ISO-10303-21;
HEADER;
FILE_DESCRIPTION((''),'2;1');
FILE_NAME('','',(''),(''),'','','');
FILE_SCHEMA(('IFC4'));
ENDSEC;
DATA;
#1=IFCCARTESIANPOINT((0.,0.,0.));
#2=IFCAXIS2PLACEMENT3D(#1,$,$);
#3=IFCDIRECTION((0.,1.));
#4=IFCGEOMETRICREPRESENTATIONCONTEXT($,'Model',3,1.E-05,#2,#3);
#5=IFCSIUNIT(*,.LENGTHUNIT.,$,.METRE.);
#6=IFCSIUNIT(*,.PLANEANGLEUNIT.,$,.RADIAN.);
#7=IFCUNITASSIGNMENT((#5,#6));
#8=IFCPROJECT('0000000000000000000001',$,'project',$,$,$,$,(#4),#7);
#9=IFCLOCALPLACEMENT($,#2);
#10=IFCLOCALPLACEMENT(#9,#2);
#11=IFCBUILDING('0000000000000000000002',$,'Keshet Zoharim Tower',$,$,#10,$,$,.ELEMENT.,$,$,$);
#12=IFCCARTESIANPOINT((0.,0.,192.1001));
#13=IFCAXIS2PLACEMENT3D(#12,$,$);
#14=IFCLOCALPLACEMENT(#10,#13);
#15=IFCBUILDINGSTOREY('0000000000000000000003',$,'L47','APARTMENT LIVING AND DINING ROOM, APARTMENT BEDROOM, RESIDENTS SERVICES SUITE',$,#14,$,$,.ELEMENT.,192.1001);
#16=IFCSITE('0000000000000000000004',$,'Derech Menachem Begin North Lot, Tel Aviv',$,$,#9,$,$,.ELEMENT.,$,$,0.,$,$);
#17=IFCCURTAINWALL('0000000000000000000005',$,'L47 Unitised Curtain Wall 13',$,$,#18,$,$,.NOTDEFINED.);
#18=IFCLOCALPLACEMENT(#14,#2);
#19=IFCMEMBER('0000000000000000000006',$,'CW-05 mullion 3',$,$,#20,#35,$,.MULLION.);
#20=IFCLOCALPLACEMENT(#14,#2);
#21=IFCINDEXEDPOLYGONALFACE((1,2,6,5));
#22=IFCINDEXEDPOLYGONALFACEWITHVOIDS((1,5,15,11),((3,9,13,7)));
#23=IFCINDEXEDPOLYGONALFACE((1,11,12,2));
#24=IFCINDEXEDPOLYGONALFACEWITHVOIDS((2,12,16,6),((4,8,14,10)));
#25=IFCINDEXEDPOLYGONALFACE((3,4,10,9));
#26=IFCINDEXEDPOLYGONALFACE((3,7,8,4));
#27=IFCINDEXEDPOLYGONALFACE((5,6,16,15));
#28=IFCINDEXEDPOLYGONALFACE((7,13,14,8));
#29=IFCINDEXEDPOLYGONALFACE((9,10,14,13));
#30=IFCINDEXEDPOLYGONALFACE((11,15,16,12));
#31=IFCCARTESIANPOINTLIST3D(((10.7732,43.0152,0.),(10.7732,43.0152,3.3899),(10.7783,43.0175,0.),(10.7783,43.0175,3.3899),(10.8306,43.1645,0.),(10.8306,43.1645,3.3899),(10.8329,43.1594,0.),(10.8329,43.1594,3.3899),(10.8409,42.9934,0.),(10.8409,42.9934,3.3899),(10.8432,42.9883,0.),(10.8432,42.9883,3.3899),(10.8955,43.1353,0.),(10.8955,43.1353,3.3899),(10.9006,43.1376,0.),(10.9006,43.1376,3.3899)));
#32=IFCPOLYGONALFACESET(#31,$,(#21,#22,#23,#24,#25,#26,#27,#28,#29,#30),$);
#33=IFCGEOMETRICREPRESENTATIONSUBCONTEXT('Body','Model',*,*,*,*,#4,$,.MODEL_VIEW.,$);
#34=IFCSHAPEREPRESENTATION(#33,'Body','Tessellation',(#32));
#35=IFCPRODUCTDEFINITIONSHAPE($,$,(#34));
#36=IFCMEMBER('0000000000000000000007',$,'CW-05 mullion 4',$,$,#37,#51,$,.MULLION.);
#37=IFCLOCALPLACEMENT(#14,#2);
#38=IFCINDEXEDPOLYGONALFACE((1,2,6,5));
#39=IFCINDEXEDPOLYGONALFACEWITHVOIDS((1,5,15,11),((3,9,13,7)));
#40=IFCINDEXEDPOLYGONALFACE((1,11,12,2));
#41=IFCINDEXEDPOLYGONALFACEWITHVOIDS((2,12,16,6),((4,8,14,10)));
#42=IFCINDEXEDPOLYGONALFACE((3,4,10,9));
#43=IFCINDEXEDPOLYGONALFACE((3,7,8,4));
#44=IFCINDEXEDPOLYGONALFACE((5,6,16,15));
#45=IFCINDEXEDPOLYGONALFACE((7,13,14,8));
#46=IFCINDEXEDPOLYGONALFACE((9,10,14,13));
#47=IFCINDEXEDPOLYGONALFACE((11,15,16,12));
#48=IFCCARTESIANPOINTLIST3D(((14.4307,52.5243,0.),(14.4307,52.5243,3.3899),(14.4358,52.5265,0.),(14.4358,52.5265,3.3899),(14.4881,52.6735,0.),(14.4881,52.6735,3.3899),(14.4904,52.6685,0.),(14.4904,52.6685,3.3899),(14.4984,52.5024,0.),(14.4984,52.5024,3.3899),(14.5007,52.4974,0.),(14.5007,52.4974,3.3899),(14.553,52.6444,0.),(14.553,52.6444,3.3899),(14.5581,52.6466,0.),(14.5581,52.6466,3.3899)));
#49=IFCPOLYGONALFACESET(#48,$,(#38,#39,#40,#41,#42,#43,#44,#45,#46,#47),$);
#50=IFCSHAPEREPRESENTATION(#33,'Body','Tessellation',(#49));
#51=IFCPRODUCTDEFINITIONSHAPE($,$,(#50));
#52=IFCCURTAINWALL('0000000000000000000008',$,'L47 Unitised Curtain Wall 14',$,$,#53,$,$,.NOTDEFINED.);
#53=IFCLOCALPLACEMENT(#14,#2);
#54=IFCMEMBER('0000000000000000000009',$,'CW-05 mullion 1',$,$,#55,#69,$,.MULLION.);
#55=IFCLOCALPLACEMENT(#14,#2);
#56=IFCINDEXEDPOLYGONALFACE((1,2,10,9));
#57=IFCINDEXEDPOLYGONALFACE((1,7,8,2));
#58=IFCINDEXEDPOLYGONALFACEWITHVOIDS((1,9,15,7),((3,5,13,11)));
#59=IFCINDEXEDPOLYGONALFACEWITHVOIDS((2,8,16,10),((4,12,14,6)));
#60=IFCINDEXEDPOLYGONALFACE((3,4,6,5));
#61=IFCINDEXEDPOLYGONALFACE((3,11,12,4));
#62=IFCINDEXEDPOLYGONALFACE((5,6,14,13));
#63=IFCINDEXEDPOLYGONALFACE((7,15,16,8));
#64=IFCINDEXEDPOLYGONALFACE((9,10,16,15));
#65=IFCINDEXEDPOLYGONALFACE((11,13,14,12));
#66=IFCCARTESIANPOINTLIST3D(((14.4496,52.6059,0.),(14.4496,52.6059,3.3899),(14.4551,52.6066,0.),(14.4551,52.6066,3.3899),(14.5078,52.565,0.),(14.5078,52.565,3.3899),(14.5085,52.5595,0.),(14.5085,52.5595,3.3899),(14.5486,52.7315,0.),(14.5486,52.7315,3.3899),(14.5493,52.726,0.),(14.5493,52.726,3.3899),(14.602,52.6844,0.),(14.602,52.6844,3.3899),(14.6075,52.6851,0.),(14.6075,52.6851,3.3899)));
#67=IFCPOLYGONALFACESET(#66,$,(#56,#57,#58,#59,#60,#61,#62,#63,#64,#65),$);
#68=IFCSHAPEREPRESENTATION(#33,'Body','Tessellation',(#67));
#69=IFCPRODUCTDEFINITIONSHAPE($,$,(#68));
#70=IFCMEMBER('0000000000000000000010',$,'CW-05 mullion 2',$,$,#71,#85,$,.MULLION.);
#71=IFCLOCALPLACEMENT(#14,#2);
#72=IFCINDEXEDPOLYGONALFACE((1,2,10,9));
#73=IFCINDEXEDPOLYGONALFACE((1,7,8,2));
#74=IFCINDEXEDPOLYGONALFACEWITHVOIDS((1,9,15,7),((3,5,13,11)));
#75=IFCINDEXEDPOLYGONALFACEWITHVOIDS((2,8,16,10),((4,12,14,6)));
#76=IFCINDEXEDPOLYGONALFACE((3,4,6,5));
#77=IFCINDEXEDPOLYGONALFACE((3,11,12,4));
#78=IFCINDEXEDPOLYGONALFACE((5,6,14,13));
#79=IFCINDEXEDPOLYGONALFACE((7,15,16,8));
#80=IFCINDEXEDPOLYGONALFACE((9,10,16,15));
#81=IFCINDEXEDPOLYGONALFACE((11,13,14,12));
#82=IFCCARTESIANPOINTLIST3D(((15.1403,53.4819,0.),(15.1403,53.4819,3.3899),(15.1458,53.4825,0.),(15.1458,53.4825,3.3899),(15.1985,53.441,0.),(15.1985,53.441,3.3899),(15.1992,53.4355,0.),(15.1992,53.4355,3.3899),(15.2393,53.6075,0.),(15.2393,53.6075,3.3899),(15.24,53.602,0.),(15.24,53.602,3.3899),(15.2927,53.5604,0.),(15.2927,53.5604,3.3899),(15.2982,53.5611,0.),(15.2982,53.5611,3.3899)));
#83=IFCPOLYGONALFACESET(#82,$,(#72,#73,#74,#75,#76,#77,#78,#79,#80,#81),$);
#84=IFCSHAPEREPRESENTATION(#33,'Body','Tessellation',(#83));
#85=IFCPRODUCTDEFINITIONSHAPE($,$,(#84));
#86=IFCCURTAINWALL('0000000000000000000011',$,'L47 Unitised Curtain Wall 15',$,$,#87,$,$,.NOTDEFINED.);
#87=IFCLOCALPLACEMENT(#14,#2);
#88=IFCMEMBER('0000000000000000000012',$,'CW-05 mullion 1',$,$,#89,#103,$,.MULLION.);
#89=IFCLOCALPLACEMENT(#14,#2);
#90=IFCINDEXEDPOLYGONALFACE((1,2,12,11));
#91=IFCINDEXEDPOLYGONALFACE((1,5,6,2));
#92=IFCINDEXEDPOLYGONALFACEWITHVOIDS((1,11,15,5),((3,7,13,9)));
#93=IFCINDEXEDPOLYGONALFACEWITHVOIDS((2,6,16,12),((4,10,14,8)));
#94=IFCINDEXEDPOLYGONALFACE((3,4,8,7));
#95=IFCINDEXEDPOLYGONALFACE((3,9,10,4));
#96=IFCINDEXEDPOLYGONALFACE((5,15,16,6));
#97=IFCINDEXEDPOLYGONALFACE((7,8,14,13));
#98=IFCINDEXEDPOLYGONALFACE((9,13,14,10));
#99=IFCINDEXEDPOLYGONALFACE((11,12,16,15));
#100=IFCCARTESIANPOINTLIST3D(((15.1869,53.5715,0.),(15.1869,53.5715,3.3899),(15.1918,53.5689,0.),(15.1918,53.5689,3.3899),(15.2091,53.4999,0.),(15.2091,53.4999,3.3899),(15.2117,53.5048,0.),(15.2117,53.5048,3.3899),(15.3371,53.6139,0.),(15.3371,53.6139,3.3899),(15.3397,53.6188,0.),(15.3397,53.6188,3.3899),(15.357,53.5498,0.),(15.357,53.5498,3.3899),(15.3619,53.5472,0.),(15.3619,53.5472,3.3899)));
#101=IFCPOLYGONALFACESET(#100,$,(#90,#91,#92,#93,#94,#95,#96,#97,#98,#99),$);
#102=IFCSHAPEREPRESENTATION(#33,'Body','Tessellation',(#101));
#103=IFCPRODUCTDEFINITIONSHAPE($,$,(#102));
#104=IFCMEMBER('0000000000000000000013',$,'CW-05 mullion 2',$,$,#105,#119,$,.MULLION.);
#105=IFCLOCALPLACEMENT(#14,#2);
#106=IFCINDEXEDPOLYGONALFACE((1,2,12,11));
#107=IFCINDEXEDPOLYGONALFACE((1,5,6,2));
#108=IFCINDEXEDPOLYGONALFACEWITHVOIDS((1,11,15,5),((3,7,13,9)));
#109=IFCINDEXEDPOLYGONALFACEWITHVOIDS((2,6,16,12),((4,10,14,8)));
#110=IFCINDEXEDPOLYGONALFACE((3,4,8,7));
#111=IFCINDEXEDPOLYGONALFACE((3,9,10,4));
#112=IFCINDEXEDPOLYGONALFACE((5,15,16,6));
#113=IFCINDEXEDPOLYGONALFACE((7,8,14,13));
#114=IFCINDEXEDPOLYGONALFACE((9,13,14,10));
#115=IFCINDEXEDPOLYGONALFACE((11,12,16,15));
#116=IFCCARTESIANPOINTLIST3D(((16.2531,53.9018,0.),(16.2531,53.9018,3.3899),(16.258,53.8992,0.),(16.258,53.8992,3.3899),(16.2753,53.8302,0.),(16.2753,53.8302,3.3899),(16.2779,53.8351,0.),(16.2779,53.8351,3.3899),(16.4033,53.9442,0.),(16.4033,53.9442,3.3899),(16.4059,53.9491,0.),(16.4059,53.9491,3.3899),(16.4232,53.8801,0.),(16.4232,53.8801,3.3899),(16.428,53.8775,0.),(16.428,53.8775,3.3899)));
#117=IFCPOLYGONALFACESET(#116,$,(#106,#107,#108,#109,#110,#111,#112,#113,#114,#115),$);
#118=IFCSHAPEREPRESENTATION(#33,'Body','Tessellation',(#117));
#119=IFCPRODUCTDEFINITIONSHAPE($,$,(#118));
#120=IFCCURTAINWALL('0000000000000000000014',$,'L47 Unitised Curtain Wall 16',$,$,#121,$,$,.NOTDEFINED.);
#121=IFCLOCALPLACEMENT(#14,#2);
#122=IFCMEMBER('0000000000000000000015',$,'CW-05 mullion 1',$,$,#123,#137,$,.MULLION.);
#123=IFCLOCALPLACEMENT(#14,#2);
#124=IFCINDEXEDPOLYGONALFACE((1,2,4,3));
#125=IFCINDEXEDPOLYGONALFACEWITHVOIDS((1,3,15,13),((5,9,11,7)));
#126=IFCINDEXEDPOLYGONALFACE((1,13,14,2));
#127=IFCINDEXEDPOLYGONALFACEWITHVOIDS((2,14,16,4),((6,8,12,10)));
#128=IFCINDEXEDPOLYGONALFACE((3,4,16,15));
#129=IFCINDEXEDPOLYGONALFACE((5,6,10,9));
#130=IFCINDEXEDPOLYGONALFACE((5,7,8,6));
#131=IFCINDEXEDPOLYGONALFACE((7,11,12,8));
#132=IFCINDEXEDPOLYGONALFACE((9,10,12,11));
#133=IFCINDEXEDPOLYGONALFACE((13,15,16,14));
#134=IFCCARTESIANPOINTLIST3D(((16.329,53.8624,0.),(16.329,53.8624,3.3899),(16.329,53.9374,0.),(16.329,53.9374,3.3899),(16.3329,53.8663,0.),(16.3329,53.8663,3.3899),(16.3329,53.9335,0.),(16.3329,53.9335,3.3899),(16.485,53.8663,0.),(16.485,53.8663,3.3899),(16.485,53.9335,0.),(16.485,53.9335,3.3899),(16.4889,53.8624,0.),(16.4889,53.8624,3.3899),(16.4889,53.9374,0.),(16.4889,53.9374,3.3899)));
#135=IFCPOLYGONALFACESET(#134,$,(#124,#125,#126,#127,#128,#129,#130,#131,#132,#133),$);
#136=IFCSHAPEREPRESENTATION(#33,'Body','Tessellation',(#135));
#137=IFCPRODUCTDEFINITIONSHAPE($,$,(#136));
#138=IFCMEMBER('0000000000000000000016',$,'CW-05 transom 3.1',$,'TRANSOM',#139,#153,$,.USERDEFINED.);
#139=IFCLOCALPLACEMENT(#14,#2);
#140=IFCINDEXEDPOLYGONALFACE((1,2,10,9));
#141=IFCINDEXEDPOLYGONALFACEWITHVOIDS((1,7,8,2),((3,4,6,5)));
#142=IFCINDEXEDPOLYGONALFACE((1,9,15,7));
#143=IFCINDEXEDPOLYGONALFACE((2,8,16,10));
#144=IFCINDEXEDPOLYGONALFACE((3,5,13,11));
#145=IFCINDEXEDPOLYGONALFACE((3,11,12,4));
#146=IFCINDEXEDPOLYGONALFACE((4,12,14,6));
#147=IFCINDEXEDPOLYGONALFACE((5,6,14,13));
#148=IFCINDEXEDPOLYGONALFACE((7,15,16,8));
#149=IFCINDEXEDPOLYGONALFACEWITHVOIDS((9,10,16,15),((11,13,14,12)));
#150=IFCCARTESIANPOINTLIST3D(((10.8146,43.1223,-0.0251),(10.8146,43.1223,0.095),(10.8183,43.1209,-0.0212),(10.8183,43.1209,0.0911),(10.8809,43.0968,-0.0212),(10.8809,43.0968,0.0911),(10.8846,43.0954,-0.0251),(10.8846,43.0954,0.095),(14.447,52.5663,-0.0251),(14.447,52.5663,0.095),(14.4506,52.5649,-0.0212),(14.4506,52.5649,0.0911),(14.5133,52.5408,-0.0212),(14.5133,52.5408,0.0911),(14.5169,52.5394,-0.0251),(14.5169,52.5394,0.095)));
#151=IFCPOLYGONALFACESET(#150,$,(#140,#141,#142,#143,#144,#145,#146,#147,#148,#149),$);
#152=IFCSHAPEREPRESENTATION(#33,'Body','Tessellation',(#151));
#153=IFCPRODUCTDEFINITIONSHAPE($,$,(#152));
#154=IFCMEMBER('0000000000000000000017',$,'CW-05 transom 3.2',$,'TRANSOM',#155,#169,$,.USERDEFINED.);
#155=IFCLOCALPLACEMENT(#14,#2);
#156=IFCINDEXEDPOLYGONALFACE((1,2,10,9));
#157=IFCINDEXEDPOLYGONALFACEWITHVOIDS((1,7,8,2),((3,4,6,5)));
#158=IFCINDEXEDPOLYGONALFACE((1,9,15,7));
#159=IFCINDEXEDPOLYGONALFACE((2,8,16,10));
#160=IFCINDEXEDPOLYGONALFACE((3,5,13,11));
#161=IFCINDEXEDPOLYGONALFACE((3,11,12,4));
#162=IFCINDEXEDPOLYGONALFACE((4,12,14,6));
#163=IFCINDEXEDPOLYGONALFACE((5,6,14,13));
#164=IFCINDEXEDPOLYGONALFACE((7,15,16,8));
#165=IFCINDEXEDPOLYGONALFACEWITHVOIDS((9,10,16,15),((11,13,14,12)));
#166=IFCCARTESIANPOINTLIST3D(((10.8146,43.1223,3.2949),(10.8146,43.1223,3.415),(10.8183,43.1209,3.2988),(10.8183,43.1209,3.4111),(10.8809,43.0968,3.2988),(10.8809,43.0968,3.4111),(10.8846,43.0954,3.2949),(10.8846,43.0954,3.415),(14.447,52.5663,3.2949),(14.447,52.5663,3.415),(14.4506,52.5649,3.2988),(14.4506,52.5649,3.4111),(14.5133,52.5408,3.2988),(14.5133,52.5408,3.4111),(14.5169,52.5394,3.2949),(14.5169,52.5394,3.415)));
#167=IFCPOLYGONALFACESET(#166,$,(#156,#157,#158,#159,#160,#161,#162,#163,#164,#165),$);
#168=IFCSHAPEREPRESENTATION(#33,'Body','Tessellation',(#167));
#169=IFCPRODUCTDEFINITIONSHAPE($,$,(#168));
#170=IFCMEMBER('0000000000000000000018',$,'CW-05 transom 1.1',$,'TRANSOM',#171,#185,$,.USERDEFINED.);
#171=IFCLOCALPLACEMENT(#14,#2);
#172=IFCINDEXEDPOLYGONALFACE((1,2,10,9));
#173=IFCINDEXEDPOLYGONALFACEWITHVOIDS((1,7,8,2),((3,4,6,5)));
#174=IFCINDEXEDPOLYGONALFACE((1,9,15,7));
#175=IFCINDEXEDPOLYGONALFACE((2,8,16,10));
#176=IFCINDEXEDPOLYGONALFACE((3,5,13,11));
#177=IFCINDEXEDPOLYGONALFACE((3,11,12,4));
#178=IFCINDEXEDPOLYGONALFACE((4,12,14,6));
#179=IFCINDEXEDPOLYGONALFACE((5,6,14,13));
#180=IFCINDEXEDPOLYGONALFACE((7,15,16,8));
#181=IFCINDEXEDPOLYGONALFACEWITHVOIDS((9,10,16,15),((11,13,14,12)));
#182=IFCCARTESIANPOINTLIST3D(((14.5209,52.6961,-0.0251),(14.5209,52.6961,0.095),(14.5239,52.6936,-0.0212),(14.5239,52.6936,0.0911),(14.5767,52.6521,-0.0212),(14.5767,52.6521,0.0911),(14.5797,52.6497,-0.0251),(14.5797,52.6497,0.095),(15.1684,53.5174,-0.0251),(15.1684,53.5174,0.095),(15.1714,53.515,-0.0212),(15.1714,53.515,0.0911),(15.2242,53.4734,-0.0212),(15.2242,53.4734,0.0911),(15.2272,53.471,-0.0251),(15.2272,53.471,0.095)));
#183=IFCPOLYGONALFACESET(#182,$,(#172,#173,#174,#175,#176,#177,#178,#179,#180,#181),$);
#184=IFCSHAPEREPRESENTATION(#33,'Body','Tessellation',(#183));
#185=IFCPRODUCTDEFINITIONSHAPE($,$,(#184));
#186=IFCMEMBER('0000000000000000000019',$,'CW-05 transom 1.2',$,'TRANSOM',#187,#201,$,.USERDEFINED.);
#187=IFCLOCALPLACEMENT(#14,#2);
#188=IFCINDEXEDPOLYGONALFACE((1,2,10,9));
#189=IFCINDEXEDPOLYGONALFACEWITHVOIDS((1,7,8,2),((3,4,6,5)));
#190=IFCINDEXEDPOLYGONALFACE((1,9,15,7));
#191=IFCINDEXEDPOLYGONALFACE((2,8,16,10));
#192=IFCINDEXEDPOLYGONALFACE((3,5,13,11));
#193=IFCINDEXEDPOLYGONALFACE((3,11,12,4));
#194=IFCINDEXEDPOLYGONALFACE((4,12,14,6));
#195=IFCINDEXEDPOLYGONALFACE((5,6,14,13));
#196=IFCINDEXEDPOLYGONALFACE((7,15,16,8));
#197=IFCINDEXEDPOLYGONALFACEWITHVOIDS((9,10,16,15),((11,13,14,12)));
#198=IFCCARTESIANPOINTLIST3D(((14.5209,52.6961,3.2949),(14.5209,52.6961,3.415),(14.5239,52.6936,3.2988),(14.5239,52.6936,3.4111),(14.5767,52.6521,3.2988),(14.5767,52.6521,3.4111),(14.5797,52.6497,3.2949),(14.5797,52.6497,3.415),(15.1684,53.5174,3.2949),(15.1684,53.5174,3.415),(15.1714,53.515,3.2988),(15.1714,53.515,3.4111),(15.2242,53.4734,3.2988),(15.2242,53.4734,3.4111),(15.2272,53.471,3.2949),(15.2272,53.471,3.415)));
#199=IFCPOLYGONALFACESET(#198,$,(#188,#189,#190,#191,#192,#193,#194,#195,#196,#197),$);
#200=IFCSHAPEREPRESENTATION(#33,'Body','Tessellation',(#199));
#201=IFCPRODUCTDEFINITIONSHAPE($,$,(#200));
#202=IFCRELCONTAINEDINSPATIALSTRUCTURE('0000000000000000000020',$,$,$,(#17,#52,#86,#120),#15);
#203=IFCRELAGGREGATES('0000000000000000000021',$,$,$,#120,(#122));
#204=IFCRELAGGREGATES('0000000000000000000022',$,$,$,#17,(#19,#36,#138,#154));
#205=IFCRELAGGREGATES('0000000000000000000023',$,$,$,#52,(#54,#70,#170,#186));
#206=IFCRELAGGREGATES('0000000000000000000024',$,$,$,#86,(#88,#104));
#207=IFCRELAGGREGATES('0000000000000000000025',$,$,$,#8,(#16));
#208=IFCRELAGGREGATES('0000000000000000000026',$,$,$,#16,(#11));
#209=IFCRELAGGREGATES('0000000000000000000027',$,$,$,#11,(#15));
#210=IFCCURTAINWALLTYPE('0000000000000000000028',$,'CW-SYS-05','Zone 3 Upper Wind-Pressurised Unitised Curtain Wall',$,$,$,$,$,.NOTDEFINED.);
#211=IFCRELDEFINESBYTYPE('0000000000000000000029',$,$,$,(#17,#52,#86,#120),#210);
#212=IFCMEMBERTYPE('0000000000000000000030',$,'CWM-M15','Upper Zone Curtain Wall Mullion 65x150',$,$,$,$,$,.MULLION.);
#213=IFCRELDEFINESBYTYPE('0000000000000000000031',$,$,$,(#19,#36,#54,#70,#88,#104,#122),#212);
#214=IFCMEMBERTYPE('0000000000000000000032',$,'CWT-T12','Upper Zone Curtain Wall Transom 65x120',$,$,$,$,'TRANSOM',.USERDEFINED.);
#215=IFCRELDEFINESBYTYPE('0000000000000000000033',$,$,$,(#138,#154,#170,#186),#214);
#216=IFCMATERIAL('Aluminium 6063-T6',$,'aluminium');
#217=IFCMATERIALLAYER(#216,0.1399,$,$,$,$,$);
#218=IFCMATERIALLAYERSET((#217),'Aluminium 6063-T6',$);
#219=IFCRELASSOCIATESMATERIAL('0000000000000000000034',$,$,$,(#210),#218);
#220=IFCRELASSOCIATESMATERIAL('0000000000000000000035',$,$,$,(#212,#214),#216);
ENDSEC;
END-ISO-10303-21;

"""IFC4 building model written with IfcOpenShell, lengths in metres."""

from ifc_helpers import new_model, si_unit, direction, frame, origin, origin_2d, place, context, subcontext, project, spatial, hollow_rectangle, extrude, material, layer, layer_set, material_profile, profile_set, type_object, element, aggregate, save


model = new_model("IFC4")

# Units and contexts
model_context = context("Model", 3, precision=1e-05, world=origin(), true_north=direction((0.0, 1.0)))
body_context = subcontext(model_context, "Body", "Model", "MODEL_VIEW")
ifc_project = project(units=[si_unit("LENGTHUNIT", "METRE"), si_unit("PLANEANGLEUNIT", "RADIAN")], contexts=[model_context])

# Site, building, storey
site_placement = place(None, origin())
site = spatial("IfcSite", under=ifc_project, at=site_placement, Name="Derech Menachem Begin North Lot, Tel Aviv", CompositionType="ELEMENT", RefElevation=0.0)
building_placement = place(site_placement, origin())
building = spatial("IfcBuilding", under=site, at=building_placement, Name="Keshet Zoharim Tower", CompositionType="ELEMENT")
storey_placement = place(building_placement, frame((0.0, 0.0, 192.1001)))
storey = spatial("IfcBuildingStorey", under=building, at=storey_placement, Name="L47", Description="APARTMENT LIVING AND DINING ROOM, APARTMENT BEDROOM, RESIDENTS SERVICES SUITE", CompositionType="ELEMENT", Elevation=192.1001)

# Curtain walls, members
ifc_material_1 = material(Name="Aluminium 6063-T6", Category="aluminium")
ifc_layer_1 = layer(ifc_material_1, 0.1399)
ifc_layer_set_1 = layer_set([ifc_layer_1], Name="Aluminium 6063-T6")
curtain_wall_type = type_object("IfcCurtainWallType", Name="CW-SYS-05", Description="Zone 3 Upper Wind-Pressurised Unitised Curtain Wall", PredefinedType="NOTDEFINED", material=ifc_layer_set_1)
curtain_wall_1_placement = place(storey_placement, origin())
curtain_wall_1 = element("IfcCurtainWall", 1, at=curtain_wall_1_placement, inside=storey, type_object=curtain_wall_type, Name="L47 Unitised Curtain Wall 13", PredefinedType="NOTDEFINED")
ifc_material_profile_1 = material_profile(ifc_material_1, hollow_rectangle(XDim=0.075, YDim=0.1599, WallThickness=0.0039, at=origin_2d()), Name="MUL-75x160")
ifc_profile_set_1 = profile_set([ifc_material_profile_1], Name="Aluminium 6063-T6")
member_type_1 = type_object("IfcMemberType", Name="CWM-M15", Description="Upper Zone Curtain Wall Mullion 65x150", PredefinedType="MULLION", material=ifc_profile_set_1)
member_1_placement = place(storey_placement, frame((10.8369, 43.0764, 0.0), z_axis=(0.0, 0.0, 1.0), x_axis=(-0.933341, 0.35899, 0.0)))
member_1 = element("IfcMember", 2, at=member_1_placement, type_object=member_type_1, Name="CW-05 mullion 3", PredefinedType="MULLION", context=body_context, shape_type="SweptSolid", body=[
    extrude(hollow_rectangle(XDim=0.075, YDim=0.1599, WallThickness=0.0039, at=origin_2d()), origin(), (0.0, 0.0, 1.0), 3.3899),
])
member_2_placement = place(storey_placement, frame((14.4944, 52.5854, 0.0), z_axis=(0.0, 0.0, 1.0), x_axis=(-0.933341, 0.35899, 0.0)))
member_2 = element("IfcMember", 3, at=member_2_placement, type_object=member_type_1, Name="CW-05 mullion 4", PredefinedType="MULLION", context=body_context, shape_type="SweptSolid", body=[
    extrude(hollow_rectangle(XDim=0.075, YDim=0.1599, WallThickness=0.0039, at=origin_2d()), origin(), (0.0, 0.0, 1.0), 3.3899),
])
curtain_wall_2_placement = place(storey_placement, origin())
curtain_wall_2 = element("IfcCurtainWall", 4, at=curtain_wall_2_placement, inside=storey, type_object=curtain_wall_type, Name="L47 Unitised Curtain Wall 14", PredefinedType="NOTDEFINED")
member_3_placement = place(storey_placement, frame((14.5286, 52.6455, 0.0), z_axis=(0.0, 0.0, 1.0), x_axis=(-0.785293, 0.619125, 0.0)))
member_3 = element("IfcMember", 5, at=member_3_placement, type_object=member_type_1, Name="CW-05 mullion 1", PredefinedType="MULLION", context=body_context, shape_type="SweptSolid", body=[
    extrude(hollow_rectangle(XDim=0.075, YDim=0.1599, WallThickness=0.0039, at=origin_2d()), origin(), (0.0, 0.0, 1.0), 3.3899),
])
member_4_placement = place(storey_placement, frame((15.2192, 53.5215, 0.0), z_axis=(0.0, 0.0, 1.0), x_axis=(-0.785293, 0.619125, 0.0)))
member_4 = element("IfcMember", 6, at=member_4_placement, type_object=member_type_1, Name="CW-05 mullion 2", PredefinedType="MULLION", context=body_context, shape_type="SweptSolid", body=[
    extrude(hollow_rectangle(XDim=0.075, YDim=0.1599, WallThickness=0.0039, at=origin_2d()), origin(), (0.0, 0.0, 1.0), 3.3899),
])
curtain_wall_3_placement = place(storey_placement, origin())
curtain_wall_3 = element("IfcCurtainWall", 7, at=curtain_wall_3_placement, inside=storey, type_object=curtain_wall_type, Name="L47 Unitised Curtain Wall 15", PredefinedType="NOTDEFINED")
member_5_placement = place(storey_placement, frame((15.2744, 53.5593, 0.0), z_axis=(0.0, 0.0, 1.0), x_axis=(-0.295922, 0.955212, 0.0)))
member_5 = element("IfcMember", 8, at=member_5_placement, type_object=member_type_1, Name="CW-05 mullion 1", PredefinedType="MULLION", context=body_context, shape_type="SweptSolid", body=[
    extrude(hollow_rectangle(XDim=0.075, YDim=0.1599, WallThickness=0.0039, at=origin_2d()), origin(), (0.0, 0.0, 1.0), 3.3899),
])
member_6_placement = place(storey_placement, frame((16.3406, 53.8896, 0.0), z_axis=(0.0, 0.0, 1.0), x_axis=(-0.295922, 0.955212, 0.0)))
member_6 = element("IfcMember", 9, at=member_6_placement, type_object=member_type_1, Name="CW-05 mullion 2", PredefinedType="MULLION", context=body_context, shape_type="SweptSolid", body=[
    extrude(hollow_rectangle(XDim=0.075, YDim=0.1599, WallThickness=0.0039, at=origin_2d()), origin(), (0.0, 0.0, 1.0), 3.3899),
])

# Curtain wall, member
curtain_wall_4_placement = place(storey_placement, origin())
curtain_wall_4 = element("IfcCurtainWall", 10, at=curtain_wall_4_placement, inside=storey, type_object=curtain_wall_type, Name="L47 Unitised Curtain Wall 16", PredefinedType="NOTDEFINED")
member_7_placement = place(storey_placement, frame((16.4089, 53.8999, 0.0), z_axis=(0.0, 0.0, 1.0), x_axis=(0.0, 1.0, 0.0)))
member_7 = element("IfcMember", 11, at=member_7_placement, type_object=member_type_1, Name="CW-05 mullion 1", PredefinedType="MULLION", context=body_context, shape_type="SweptSolid", body=[
    extrude(hollow_rectangle(XDim=0.075, YDim=0.1599, WallThickness=0.0039, at=origin_2d()), origin(), (0.0, 0.0, 1.0), 3.3899),
])

# Members
ifc_material_profile_2 = material_profile(ifc_material_1, hollow_rectangle(XDim=0.075, YDim=0.1201, WallThickness=0.0039, at=origin_2d()), Name="TRN-75x120")
ifc_profile_set_2 = profile_set([ifc_material_profile_2], Name="Aluminium 6063-T6")
member_type_2 = type_object("IfcMemberType", Name="CWT-T12", Description="Upper Zone Curtain Wall Transom 65x120", ElementType="TRANSOM", PredefinedType="USERDEFINED", material=ifc_profile_set_2)
member_8_placement = place(storey_placement, frame((10.8496, 43.1089, 0.0349), z_axis=(0.358986, 0.933343, 0.0), x_axis=(-0.933343, 0.358986, 0.0)))
member_8 = element("IfcMember", 12, at=member_8_placement, type_object=member_type_2, Name="CW-05 transom 3.1", ObjectType="TRANSOM", PredefinedType="USERDEFINED", context=body_context, shape_type="SweptSolid", body=[
    extrude(hollow_rectangle(XDim=0.075, YDim=0.1201, WallThickness=0.0039, at=origin_2d()), origin(), (0.0, 0.0, 1.0), 10.1184),
])
member_9_placement = place(storey_placement, frame((10.8496, 43.1089, 3.355), z_axis=(0.358986, 0.933343, 0.0), x_axis=(-0.933343, 0.358986, 0.0)))
member_9 = element("IfcMember", 13, at=member_9_placement, type_object=member_type_2, Name="CW-05 transom 3.2", ObjectType="TRANSOM", PredefinedType="USERDEFINED", context=body_context, shape_type="SweptSolid", body=[
    extrude(hollow_rectangle(XDim=0.075, YDim=0.1201, WallThickness=0.0039, at=origin_2d()), origin(), (0.0, 0.0, 1.0), 10.1184),
])
member_10_placement = place(storey_placement, frame((14.5503, 52.6729, 0.0349), z_axis=(0.619099, 0.785313, 0.0), x_axis=(-0.785313, 0.619099, 0.0)))
member_10 = element("IfcMember", 14, at=member_10_placement, type_object=member_type_2, Name="CW-05 transom 1.1", ObjectType="TRANSOM", PredefinedType="USERDEFINED", context=body_context, shape_type="SweptSolid", body=[
    extrude(hollow_rectangle(XDim=0.075, YDim=0.1201, WallThickness=0.0039, at=origin_2d()), origin(), (0.0, 0.0, 1.0), 1.0459),
])
member_11_placement = place(storey_placement, frame((14.5503, 52.6729, 3.355), z_axis=(0.619099, 0.785313, 0.0), x_axis=(-0.785313, 0.619099, 0.0)))
member_11 = element("IfcMember", 15, at=member_11_placement, type_object=member_type_2, Name="CW-05 transom 1.2", ObjectType="TRANSOM", PredefinedType="USERDEFINED", context=body_context, shape_type="SweptSolid", body=[
    extrude(hollow_rectangle(XDim=0.075, YDim=0.1201, WallThickness=0.0039, at=origin_2d()), origin(), (0.0, 0.0, 1.0), 1.0459),
])
aggregate(curtain_wall_4, [member_7])

aggregate(curtain_wall_1, [member_1, member_2, member_8, member_9])
aggregate(curtain_wall_2, [member_3, member_4, member_10, member_11])
aggregate(curtain_wall_3, [member_5, member_6])

save(model, "model.ifc")
